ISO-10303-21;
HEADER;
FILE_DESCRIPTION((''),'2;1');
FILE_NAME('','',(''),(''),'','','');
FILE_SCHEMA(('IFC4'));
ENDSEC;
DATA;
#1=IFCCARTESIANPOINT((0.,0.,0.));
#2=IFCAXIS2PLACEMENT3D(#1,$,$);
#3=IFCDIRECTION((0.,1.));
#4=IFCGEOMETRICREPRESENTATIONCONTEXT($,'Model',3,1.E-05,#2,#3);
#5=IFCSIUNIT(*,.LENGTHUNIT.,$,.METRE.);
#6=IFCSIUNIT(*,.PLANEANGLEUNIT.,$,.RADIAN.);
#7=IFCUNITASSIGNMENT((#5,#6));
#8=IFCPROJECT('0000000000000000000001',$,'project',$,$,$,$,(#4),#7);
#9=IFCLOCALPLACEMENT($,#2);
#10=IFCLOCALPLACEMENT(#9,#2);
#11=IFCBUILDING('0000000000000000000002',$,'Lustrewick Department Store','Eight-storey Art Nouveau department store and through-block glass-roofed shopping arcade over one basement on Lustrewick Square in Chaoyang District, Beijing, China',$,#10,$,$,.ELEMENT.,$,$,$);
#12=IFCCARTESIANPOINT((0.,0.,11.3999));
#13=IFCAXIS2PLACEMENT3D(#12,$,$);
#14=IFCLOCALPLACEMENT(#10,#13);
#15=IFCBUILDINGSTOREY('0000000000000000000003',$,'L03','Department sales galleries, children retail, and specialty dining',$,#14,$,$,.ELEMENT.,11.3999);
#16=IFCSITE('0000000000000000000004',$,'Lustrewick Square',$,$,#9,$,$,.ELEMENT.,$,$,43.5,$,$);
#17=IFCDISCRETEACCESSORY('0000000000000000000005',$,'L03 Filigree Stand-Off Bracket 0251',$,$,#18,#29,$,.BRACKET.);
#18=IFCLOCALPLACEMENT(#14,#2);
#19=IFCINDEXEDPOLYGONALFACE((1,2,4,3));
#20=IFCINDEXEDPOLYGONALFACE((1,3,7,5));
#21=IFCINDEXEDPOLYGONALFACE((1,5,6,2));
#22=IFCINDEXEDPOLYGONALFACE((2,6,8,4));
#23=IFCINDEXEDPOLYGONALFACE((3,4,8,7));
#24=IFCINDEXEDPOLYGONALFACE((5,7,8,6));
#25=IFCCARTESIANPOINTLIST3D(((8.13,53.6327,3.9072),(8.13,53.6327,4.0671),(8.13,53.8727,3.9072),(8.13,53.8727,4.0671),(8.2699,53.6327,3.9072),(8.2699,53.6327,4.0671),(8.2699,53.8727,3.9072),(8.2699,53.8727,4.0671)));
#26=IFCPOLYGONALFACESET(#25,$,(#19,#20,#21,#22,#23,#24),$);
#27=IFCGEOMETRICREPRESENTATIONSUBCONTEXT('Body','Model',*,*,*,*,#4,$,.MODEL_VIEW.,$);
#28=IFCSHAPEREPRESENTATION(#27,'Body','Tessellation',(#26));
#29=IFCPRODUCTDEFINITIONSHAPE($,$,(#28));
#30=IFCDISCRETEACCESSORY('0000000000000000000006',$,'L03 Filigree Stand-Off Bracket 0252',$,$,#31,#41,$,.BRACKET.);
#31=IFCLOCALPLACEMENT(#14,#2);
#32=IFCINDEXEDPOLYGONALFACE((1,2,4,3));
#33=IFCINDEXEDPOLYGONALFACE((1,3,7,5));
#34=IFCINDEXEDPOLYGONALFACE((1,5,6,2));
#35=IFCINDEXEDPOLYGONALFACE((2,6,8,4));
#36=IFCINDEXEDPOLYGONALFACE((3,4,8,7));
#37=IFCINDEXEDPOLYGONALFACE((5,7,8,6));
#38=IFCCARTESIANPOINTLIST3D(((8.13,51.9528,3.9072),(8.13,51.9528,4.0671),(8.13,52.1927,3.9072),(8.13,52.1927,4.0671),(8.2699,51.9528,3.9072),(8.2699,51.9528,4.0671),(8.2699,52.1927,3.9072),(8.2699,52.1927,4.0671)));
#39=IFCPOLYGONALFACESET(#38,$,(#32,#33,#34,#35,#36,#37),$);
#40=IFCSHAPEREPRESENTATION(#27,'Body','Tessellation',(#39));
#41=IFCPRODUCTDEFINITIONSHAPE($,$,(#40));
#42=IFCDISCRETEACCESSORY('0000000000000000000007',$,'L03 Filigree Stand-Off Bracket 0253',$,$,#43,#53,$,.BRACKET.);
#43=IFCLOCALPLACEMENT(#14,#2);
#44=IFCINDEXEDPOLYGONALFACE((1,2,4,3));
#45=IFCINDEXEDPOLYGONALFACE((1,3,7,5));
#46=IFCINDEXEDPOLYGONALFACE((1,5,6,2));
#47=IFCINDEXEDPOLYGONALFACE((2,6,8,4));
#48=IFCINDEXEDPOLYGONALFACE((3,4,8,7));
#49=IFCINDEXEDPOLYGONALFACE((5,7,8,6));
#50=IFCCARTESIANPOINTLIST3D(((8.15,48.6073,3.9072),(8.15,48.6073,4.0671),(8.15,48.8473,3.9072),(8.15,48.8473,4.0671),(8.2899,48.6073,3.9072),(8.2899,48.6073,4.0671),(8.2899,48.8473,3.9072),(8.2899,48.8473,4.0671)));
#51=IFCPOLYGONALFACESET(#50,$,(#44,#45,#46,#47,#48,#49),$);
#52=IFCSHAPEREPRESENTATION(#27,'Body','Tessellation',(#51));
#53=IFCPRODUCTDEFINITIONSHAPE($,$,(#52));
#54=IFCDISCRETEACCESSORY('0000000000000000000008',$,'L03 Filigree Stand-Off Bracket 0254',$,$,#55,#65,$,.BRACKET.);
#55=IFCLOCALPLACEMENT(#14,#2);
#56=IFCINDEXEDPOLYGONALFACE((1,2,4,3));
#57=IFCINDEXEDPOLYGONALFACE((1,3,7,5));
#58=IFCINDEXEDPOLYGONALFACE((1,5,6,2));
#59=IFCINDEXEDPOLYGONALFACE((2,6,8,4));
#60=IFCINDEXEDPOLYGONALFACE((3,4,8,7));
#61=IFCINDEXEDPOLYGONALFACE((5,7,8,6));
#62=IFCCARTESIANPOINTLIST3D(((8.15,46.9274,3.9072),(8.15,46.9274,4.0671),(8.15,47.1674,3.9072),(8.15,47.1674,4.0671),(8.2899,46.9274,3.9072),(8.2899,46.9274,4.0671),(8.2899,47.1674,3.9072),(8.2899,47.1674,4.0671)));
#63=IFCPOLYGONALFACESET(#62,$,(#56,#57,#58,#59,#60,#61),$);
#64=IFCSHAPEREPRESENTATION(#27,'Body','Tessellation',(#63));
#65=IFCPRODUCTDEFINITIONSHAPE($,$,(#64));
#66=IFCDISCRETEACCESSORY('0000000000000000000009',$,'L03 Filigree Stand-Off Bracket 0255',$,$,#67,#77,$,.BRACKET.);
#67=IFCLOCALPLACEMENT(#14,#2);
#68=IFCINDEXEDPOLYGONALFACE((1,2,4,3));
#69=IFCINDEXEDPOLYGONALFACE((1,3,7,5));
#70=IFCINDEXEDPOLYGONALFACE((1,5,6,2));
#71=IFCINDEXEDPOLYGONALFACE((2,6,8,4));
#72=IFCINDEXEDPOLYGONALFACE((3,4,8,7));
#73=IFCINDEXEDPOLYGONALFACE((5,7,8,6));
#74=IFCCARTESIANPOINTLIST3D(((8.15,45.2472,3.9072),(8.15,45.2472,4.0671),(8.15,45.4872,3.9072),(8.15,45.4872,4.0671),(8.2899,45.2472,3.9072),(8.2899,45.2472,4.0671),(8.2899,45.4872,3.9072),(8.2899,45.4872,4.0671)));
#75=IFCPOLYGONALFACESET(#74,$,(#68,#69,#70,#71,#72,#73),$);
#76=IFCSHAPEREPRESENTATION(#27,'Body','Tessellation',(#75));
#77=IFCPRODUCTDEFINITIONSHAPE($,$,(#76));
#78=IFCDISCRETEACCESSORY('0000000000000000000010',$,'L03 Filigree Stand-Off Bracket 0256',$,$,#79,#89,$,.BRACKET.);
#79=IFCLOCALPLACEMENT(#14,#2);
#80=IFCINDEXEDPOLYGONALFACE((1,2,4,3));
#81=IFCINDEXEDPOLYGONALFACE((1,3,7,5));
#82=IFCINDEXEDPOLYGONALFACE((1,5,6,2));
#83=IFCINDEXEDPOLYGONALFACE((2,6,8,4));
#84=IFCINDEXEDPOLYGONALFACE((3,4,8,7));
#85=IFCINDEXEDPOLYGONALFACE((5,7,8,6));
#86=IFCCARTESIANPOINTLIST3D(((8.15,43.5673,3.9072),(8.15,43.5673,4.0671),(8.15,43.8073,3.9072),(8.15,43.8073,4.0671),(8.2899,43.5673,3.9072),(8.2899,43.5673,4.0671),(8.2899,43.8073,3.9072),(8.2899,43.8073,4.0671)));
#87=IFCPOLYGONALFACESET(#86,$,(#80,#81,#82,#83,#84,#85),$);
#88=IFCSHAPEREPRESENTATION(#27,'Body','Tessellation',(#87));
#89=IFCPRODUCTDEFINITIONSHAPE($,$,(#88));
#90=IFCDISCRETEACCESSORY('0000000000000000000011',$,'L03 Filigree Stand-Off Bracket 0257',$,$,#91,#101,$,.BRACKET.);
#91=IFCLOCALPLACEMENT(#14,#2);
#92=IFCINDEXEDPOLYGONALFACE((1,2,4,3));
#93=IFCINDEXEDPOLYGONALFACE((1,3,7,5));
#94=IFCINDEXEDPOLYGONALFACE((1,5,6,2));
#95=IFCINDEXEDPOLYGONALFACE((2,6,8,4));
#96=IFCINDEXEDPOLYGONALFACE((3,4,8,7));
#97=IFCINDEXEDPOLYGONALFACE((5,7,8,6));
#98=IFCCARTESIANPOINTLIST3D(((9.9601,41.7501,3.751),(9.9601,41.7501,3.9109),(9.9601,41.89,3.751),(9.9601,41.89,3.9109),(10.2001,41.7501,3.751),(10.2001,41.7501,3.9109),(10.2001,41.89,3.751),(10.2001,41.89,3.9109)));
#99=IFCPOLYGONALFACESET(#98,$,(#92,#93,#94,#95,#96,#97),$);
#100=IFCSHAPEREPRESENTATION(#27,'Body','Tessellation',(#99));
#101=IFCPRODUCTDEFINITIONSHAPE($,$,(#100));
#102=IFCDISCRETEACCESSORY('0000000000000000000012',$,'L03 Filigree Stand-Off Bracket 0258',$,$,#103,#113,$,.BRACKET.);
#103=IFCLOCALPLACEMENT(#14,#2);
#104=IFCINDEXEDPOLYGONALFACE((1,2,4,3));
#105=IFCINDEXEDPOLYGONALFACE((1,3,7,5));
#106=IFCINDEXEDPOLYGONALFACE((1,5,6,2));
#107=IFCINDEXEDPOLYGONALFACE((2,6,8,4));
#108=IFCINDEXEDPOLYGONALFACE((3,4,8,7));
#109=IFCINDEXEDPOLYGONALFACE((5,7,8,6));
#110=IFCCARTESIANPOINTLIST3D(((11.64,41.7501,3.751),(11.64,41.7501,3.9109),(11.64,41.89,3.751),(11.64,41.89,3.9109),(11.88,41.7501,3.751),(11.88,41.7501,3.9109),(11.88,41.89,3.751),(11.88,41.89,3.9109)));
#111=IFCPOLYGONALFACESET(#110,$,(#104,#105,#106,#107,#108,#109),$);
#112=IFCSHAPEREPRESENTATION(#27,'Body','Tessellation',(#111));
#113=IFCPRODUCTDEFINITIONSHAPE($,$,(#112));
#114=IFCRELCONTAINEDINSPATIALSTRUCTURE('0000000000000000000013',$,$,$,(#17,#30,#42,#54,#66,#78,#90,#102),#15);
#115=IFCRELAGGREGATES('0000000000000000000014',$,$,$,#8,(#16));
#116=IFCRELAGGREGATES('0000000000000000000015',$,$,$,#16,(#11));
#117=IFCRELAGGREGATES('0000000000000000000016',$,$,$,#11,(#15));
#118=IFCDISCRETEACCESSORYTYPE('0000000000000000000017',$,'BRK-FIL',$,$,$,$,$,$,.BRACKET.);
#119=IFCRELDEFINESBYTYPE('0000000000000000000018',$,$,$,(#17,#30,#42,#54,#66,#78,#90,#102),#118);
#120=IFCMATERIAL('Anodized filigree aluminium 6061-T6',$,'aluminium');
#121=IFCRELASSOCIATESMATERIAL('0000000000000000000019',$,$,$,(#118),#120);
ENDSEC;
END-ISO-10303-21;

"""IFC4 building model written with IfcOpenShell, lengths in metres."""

from ifc_helpers import new_model, si_unit, direction, frame, origin, origin_2d, place, context, subcontext, project, spatial, rectangle, extrude, material, type_object, element, save


model = new_model("IFC4")

# Units and contexts
model_context = context("Model", 3, precision=1e-05, world=origin(), true_north=direction((0.0, 1.0)))
body_context = subcontext(model_context, "Body", "Model", "MODEL_VIEW")
ifc_project = project(units=[si_unit("LENGTHUNIT", "METRE"), si_unit("PLANEANGLEUNIT", "RADIAN")], contexts=[model_context])

# Site, building, storey
site_placement = place(None, origin())
site = spatial("IfcSite", under=ifc_project, at=site_placement, Name="Lustrewick Square", CompositionType="ELEMENT", RefElevation=43.5)
building_placement = place(site_placement, origin())
building = spatial("IfcBuilding", under=site, at=building_placement, Name="Lustrewick Department Store", Description="Eight-storey Art Nouveau department store and through-block glass-roofed shopping arcade over one basement on Lustrewick Square in Chaoyang District, Beijing, China", CompositionType="ELEMENT")
storey_placement = place(building_placement, frame((0.0, 0.0, 11.3999)))
storey = spatial("IfcBuildingStorey", under=building, at=storey_placement, Name="L03", Description="Department sales galleries, children retail, and specialty dining", CompositionType="ELEMENT", Elevation=11.3999)

# Discrete accessories
ifc_material_1 = material(Name="Anodized filigree aluminium 6061-T6", Category="aluminium")
discrete_accessory_type = type_object("IfcDiscreteAccessoryType", Name="BRK-FIL", PredefinedType="BRACKET", material=ifc_material_1)
for number, where, z_axis, x_axis, name in (
    (1, (8.2, 53.7527, 3.9072), (0.0, 0.0, 1.0), (0.0, -1.0, 0.0), "L03 Filigree Stand-Off Bracket 0251"),
    (2, (8.2, 52.0728, 3.9072), (0.0, 0.0, 1.0), (0.0, -1.0, 0.0), "L03 Filigree Stand-Off Bracket 0252"),
    (3, (8.22, 48.7273, 3.9072), (0.0, 0.0, 1.0), (0.0, -1.0, 0.0), "L03 Filigree Stand-Off Bracket 0253"),
    (4, (8.22, 47.0474, 3.9072), (0.0, 0.0, 1.0), (0.0, -1.0, 0.0), "L03 Filigree Stand-Off Bracket 0254"),
    (5, (8.22, 45.3672, 3.9072), (0.0, 0.0, 1.0), (0.0, -1.0, 0.0), "L03 Filigree Stand-Off Bracket 0255"),
    (6, (8.22, 43.6873, 3.9072), (0.0, 0.0, 1.0), (0.0, -1.0, 0.0), "L03 Filigree Stand-Off Bracket 0256"),
    (7, (10.0801, 41.8201, 3.751), (0.0, 0.0, 1.0), (1.0, 0.0, 0.0), "L03 Filigree Stand-Off Bracket 0257"),
    (8, (11.76, 41.8201, 3.751), (0.0, 0.0, 1.0), (1.0, 0.0, 0.0), "L03 Filigree Stand-Off Bracket 0258"),
):
    element("IfcDiscreteAccessory", number, at=place(storey_placement, frame(where, z_axis=z_axis, x_axis=x_axis)), inside=storey, type_object=discrete_accessory_type, Name=name, PredefinedType="BRACKET", context=body_context, shape_type="SweptSolid", body=[
        extrude(rectangle(XDim=0.24, YDim=0.1399, at=origin_2d()), origin(), (0.0, 0.0, 1.0), 0.1599),
    ])

save(model, "model.ifc")
